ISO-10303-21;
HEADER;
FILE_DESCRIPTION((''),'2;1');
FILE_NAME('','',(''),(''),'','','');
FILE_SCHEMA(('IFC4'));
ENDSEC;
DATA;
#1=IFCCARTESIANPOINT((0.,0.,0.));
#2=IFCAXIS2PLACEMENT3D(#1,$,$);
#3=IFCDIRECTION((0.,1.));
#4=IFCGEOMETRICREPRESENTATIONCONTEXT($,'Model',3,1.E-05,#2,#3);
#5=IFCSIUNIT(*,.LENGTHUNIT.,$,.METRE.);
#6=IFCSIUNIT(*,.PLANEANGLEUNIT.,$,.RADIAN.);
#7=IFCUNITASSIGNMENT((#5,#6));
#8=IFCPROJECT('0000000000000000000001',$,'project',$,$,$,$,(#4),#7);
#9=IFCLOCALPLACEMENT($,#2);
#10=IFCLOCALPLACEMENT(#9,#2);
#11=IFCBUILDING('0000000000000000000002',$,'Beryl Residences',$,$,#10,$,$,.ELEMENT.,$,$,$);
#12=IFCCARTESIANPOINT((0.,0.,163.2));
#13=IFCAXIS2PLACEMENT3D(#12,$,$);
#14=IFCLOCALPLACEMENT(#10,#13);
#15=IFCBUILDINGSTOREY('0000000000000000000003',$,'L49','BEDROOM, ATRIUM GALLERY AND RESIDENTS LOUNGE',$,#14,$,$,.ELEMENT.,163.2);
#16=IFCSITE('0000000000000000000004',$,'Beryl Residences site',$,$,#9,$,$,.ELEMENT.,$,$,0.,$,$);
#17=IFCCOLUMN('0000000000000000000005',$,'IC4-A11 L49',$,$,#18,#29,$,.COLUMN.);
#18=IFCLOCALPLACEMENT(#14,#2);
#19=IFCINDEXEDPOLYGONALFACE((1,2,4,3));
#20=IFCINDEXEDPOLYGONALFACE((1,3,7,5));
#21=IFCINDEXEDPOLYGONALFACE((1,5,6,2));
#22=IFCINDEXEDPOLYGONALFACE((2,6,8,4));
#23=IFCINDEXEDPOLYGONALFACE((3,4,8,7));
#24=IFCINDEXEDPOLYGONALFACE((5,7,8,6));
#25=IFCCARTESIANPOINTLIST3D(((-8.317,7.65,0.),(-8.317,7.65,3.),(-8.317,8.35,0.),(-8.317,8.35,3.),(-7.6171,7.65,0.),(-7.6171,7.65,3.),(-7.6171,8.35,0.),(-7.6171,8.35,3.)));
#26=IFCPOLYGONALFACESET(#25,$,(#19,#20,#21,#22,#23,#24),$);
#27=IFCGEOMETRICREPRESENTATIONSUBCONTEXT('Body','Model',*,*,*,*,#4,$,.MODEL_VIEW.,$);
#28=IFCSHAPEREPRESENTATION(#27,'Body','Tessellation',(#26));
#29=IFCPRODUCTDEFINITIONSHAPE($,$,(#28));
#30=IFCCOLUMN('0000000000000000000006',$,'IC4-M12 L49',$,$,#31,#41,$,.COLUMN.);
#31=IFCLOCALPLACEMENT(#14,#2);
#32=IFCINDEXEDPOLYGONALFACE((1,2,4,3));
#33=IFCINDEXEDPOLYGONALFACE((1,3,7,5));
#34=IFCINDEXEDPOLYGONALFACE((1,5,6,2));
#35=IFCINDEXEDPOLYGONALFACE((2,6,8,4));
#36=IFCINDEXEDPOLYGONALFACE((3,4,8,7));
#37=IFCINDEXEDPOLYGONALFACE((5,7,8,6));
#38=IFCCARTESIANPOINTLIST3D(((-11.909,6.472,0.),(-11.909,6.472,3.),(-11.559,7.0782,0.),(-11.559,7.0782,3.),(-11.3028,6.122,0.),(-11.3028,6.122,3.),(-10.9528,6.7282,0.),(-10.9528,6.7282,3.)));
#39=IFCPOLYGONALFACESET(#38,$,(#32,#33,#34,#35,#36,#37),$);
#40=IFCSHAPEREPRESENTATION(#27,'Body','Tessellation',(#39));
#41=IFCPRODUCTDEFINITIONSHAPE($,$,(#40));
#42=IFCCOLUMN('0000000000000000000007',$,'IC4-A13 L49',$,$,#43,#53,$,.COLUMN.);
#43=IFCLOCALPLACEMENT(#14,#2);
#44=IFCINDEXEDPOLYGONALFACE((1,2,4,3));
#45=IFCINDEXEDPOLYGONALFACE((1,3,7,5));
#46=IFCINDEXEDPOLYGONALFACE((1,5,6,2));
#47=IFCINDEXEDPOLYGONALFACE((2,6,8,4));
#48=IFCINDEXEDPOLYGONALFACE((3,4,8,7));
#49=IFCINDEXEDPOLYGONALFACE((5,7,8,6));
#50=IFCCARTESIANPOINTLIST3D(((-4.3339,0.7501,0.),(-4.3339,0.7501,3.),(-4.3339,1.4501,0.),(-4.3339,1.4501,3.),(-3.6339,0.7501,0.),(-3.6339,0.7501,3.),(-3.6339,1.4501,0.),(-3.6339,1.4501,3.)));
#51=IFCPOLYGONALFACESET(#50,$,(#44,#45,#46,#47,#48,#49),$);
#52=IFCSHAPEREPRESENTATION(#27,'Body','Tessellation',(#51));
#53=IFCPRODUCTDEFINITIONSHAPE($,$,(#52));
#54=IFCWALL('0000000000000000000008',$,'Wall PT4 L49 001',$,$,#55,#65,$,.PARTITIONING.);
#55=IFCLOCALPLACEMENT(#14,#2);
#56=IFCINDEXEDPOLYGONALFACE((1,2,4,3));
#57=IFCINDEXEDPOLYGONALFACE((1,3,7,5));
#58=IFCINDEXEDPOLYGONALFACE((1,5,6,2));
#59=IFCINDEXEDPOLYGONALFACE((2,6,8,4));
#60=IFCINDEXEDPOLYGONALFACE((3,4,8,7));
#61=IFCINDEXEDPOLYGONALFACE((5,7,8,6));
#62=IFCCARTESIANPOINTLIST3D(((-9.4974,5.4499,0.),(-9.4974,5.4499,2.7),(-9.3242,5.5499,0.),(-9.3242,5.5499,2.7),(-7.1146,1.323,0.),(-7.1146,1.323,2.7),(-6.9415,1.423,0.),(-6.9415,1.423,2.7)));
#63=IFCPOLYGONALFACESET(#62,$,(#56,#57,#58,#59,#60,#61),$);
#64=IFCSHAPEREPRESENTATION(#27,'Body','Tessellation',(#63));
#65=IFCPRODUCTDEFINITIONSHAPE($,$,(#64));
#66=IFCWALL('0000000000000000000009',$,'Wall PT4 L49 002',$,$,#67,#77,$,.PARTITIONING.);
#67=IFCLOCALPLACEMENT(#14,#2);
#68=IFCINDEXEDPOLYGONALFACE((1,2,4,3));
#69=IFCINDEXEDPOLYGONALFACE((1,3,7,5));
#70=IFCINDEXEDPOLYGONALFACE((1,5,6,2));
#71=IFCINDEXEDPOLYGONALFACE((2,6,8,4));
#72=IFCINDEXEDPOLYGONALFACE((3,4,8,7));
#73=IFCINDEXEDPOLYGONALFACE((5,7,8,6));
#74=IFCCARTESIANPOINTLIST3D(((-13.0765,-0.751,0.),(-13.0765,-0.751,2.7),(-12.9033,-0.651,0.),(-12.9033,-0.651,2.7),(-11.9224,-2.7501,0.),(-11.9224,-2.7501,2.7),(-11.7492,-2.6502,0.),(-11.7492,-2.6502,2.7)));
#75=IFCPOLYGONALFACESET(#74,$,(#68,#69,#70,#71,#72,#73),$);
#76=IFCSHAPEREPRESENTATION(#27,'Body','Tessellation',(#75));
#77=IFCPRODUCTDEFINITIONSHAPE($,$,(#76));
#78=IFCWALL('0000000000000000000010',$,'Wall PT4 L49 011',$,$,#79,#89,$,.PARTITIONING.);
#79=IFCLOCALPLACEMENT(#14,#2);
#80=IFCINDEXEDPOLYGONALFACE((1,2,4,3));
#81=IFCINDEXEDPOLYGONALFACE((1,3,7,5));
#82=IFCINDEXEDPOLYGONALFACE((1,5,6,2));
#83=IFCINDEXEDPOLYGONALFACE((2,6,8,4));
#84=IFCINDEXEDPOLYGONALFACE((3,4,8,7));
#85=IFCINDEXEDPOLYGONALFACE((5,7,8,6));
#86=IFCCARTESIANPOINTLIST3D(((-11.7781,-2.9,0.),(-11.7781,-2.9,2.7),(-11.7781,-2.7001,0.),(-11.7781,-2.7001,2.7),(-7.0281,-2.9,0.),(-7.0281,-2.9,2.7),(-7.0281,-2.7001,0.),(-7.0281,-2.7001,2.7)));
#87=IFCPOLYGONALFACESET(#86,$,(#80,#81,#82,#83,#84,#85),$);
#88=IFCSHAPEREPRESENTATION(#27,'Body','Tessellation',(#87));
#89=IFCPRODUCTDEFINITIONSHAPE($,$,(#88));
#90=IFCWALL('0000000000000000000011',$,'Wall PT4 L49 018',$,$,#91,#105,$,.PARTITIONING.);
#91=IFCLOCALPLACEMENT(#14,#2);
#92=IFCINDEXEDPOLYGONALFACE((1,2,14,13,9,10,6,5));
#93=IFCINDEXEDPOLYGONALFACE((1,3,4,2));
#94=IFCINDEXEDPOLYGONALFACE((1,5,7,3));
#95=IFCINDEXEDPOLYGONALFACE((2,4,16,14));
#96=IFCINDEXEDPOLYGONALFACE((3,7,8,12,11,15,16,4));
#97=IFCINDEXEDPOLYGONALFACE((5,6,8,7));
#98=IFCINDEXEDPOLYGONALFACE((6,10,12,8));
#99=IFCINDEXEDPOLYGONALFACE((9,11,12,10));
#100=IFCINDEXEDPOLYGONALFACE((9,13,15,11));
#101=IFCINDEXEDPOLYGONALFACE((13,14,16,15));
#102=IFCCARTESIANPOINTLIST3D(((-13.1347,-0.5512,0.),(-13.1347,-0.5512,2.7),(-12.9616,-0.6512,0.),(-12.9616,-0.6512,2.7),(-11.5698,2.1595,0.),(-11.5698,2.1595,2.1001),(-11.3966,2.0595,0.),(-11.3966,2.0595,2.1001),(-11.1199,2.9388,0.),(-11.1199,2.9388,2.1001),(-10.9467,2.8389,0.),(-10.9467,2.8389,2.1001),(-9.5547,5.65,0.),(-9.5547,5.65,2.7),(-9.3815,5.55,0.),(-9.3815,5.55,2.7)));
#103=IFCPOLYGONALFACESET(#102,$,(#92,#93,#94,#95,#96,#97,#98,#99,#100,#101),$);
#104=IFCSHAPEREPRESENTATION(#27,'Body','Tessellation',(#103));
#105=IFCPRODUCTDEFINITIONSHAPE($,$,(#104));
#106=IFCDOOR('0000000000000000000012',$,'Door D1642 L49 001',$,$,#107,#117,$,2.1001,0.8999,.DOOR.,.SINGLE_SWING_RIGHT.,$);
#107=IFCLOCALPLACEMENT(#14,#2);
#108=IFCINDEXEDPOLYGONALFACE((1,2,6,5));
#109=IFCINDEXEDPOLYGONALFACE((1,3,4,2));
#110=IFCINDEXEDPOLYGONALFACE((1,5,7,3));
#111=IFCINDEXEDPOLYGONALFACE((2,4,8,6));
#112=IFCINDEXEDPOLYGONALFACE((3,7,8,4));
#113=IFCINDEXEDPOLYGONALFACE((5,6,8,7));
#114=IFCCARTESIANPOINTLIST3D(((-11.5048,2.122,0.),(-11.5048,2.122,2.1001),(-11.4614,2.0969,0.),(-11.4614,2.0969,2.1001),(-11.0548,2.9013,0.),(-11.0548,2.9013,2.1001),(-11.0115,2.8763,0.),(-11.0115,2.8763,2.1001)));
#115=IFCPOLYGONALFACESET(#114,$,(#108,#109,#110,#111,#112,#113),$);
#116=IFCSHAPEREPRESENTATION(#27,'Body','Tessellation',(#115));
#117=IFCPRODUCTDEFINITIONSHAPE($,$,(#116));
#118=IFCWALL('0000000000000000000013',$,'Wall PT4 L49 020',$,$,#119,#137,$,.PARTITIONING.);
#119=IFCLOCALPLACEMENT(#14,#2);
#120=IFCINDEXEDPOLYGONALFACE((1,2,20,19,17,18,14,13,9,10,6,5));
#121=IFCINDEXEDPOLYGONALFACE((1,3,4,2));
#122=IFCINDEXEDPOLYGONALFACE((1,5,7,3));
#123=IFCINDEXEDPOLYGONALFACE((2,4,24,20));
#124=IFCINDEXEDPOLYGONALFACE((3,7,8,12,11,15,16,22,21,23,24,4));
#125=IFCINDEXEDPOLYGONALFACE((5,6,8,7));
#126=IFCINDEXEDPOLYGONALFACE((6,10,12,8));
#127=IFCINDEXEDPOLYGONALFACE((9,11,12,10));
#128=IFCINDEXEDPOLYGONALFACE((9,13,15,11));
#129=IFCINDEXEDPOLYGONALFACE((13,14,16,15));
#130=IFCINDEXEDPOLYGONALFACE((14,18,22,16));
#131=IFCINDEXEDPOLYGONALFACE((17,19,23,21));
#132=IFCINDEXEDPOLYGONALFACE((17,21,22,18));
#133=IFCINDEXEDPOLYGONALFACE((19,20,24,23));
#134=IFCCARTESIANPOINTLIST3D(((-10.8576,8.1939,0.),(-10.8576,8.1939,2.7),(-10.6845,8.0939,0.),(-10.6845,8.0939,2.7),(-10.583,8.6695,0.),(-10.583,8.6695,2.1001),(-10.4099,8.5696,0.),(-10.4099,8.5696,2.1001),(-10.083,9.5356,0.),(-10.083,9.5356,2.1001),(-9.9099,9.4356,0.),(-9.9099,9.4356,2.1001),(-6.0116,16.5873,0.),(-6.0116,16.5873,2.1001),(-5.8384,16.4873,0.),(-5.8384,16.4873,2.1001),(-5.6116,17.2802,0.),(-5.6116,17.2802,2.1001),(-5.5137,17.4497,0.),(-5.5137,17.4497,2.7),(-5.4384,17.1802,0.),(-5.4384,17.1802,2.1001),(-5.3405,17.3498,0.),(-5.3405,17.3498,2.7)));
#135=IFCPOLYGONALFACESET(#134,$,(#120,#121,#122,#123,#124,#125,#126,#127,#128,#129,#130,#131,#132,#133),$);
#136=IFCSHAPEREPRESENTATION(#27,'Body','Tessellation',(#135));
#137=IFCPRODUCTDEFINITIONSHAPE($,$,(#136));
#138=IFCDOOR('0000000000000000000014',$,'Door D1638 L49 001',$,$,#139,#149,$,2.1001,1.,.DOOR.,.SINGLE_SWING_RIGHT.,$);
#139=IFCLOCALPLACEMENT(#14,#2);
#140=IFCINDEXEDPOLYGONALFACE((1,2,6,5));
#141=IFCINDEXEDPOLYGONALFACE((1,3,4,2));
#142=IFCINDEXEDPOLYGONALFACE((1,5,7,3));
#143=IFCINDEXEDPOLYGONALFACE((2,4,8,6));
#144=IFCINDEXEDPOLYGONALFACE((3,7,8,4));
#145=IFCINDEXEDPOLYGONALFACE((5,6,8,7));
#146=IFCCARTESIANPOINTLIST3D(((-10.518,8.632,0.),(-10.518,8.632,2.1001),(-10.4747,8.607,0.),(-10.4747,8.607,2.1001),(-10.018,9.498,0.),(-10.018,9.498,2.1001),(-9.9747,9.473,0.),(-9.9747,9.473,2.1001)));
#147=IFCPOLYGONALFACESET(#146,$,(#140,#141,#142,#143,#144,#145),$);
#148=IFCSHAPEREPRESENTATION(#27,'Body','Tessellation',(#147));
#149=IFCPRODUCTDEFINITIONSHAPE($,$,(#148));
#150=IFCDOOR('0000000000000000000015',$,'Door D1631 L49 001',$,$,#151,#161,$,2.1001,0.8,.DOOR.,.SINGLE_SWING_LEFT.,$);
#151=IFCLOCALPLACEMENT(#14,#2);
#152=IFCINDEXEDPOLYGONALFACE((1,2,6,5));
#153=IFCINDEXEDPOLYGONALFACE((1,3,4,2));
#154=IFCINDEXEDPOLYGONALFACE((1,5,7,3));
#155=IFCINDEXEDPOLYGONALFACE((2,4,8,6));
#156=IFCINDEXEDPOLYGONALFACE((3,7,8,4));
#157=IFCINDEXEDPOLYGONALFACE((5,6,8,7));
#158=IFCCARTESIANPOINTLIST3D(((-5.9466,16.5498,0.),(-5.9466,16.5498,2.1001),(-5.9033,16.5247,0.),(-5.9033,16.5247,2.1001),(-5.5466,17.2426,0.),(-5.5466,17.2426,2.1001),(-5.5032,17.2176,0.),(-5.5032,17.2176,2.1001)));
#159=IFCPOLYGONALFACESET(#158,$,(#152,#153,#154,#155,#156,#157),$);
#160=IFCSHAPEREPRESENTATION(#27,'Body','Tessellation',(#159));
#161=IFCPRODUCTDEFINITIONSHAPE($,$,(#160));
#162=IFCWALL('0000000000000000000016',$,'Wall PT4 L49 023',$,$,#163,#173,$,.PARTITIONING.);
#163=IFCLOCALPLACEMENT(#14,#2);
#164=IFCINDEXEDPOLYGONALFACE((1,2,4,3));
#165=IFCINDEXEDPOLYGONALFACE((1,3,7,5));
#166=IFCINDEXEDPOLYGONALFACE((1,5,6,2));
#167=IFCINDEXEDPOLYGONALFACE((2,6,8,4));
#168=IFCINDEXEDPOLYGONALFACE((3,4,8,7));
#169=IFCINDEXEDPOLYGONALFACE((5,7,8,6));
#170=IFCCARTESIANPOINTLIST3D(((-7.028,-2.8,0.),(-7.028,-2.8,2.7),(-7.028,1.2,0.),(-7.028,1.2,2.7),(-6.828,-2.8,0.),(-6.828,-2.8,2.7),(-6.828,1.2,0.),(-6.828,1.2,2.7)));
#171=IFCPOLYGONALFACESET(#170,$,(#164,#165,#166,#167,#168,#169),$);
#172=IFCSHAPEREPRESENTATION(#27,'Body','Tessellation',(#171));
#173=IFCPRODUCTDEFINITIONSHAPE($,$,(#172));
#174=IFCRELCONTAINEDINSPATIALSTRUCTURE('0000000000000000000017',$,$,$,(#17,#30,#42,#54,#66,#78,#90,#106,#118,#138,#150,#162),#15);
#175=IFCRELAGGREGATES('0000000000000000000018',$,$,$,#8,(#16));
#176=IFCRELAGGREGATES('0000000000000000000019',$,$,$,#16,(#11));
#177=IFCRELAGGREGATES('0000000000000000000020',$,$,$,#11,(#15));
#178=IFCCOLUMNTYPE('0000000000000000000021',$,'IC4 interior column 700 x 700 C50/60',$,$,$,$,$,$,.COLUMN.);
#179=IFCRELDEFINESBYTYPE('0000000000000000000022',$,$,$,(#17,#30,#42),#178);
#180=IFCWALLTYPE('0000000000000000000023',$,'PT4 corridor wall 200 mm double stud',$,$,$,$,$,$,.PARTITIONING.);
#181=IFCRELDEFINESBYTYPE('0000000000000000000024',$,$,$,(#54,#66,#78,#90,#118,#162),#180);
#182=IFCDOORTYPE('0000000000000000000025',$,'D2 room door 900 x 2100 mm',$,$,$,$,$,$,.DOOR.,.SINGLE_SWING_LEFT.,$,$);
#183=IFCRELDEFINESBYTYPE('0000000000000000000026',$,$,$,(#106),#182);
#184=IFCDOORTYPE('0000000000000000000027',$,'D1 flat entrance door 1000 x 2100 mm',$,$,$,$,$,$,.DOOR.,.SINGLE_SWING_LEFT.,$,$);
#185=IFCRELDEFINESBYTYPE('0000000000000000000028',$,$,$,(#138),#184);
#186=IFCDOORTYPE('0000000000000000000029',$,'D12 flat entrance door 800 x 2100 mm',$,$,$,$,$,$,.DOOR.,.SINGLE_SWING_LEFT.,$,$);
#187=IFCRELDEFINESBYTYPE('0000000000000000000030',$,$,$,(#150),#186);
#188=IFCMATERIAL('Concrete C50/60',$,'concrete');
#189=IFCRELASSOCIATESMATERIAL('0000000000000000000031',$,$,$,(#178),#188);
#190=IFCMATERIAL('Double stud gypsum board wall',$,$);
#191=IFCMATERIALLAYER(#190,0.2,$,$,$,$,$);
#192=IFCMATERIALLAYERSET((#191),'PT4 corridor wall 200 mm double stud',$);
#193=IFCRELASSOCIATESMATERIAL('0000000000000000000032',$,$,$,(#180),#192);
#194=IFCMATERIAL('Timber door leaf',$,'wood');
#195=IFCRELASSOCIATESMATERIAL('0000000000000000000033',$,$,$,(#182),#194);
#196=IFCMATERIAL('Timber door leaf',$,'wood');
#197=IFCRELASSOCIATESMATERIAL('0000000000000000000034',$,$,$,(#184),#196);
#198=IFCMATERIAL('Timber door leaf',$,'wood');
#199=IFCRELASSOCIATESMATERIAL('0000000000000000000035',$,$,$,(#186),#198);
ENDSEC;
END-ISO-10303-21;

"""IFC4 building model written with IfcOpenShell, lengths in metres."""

from ifc_helpers import new_model, si_unit, direction, frame, frame_2d, origin, origin_2d, place, context, subcontext, project, spatial, rectangle, extrude, material, layer, layer_set, material_profile, profile_set, type_object, element, fill, save


model = new_model("IFC4")

# Units and contexts
model_context = context("Model", 3, precision=1e-05, world=origin(), true_north=direction((0.0, 1.0)))
body_context = subcontext(model_context, "Body", "Model", "MODEL_VIEW")
ifc_project = project(units=[si_unit("LENGTHUNIT", "METRE"), si_unit("PLANEANGLEUNIT", "RADIAN")], contexts=[model_context])

# Site, building, storey
site_placement = place(None, origin())
site = spatial("IfcSite", under=ifc_project, at=site_placement, Name="Beryl Residences site", CompositionType="ELEMENT", RefElevation=0.0)
building_placement = place(site_placement, origin())
building = spatial("IfcBuilding", under=site, at=building_placement, Name="Beryl Residences", CompositionType="ELEMENT")
storey_placement = place(building_placement, frame((0.0, 0.0, 163.2)))
storey = spatial("IfcBuildingStorey", under=building, at=storey_placement, Name="L49", Description="BEDROOM, ATRIUM GALLERY AND RESIDENTS LOUNGE", CompositionType="ELEMENT", Elevation=163.2)

# Columns
ifc_material_1 = material(Name="Concrete C50/60", Category="concrete")
ifc_material_profile = material_profile(ifc_material_1, rectangle(XDim=0.7, YDim=0.7, at=origin_2d()))
ifc_profile_set = profile_set([ifc_material_profile], Name="Concrete C50/60")
column_type = type_object("IfcColumnType", Name="IC4 interior column 700 x 700 C50/60", PredefinedType="COLUMN", material=ifc_profile_set)
for number, where, z_axis, x_axis, name in (
    (1, (-7.967, 8.0, 0.0), (0.0, 0.0, 1.0), (1.0, 0.0, 0.0), "IC4-A11 L49"),
    (2, (-11.4309, 6.6001, 0.0), (0.0, 0.0, 1.0), (-0.5, -0.866025, 0.0), "IC4-M12 L49"),
    (3, (-3.9839, 1.1001, 0.0), (0.0, 0.0, 1.0), (1.0, 0.0, 0.0), "IC4-A13 L49"),
):
    element("IfcColumn", number, at=place(storey_placement, frame(where, z_axis=z_axis, x_axis=x_axis)), inside=storey, type_object=column_type, Name=name, PredefinedType="COLUMN", context=body_context, shape_type="SweptSolid", body=[
        extrude(rectangle(XDim=0.7, YDim=0.7, at=origin_2d()), origin(), (0.0, 0.0, 1.0), 3.0),
    ])

# Walls
ifc_material_2 = material(Name="Double stud gypsum board wall")
ifc_layer_1 = layer(ifc_material_2, 0.2)
ifc_layer_set_1 = layer_set([ifc_layer_1], Name="PT4 corridor wall 200 mm double stud")
wall_type_1 = type_object("IfcWallType", Name="PT4 corridor wall 200 mm double stud", PredefinedType="PARTITIONING", material=ifc_layer_set_1)
wall_1_placement = place(storey_placement, frame((-9.4109, 5.5, 0.0), z_axis=(0.0, 0.0, 1.0), x_axis=(0.500018, -0.866015, 0.0)))
element("IfcWall", 4, at=wall_1_placement, inside=storey, type_object=wall_type_1, Name="Wall PT4 L49 001", PredefinedType="PARTITIONING", context=body_context, shape_type="SweptSolid", body=[
    extrude(rectangle(XDim=4.7654, YDim=0.2, at=frame_2d((2.3828, 0.0))), origin(), (0.0, 0.0, 1.0), 2.7),
])
wall_2_placement = place(storey_placement, frame((-12.99, -0.7009, 0.0), z_axis=(0.0, 0.0, 1.0), x_axis=(0.499973, -0.866041, 0.0)))
element("IfcWall", 5, at=wall_2_placement, inside=storey, type_object=wall_type_1, Name="Wall PT4 L49 002", PredefinedType="PARTITIONING", context=body_context, shape_type="SweptSolid", body=[
    extrude(rectangle(XDim=2.3083, YDim=0.2, at=frame_2d((1.1543, 0.0))), origin(), (0.0, 0.0, 1.0), 2.7),
])
wall_3_placement = place(storey_placement, frame((-11.7781, -2.8, 0.0), z_axis=(0.0, 0.0, 1.0), x_axis=(1.0, 0.0, 0.0)))
element("IfcWall", 6, at=wall_3_placement, inside=storey, type_object=wall_type_1, Name="Wall PT4 L49 011", PredefinedType="PARTITIONING", context=body_context, shape_type="SweptSolid", body=[
    extrude(rectangle(XDim=4.75, YDim=0.2, at=frame_2d((2.375, 0.0))), origin(), (0.0, 0.0, 1.0), 2.7),
])

# Wall, opening, door
wall_4_placement = place(storey_placement, frame((-13.0481, -0.6011, 0.0), z_axis=(0.0, 0.0, 1.0), x_axis=(0.499982, 0.866036, 0.0)))
wall_4 = element("IfcWall", 7, at=wall_4_placement, inside=storey, type_object=wall_type_1, Name="Wall PT4 L49 018", PredefinedType="PARTITIONING", context=body_context, shape_type="SweptSolid", body=[
    extrude(rectangle(XDim=7.1604, YDim=0.2, at=frame_2d((3.5801, 0.0))), origin(), (0.0, 0.0, 1.0), 2.7),
])
opening_1_placement = place(wall_4_placement, frame((3.1299, 0.0, 0.0)))
opening_1 = element("IfcOpeningElement", 8, at=opening_1_placement, cuts=wall_4, PredefinedType="OPENING", context=body_context, shape_type="SweptSolid", body=[
    extrude(rectangle(XDim=0.8999, YDim=2.1001, at=frame_2d((0.45, 1.05))), frame((0.0, 0.1099, 0.0), z_axis=(0.0, -1.0, 0.0), x_axis=(1.0, 0.0, 0.0)), (0.0, 0.0, 1.0), 0.22),
])
ifc_material_3 = material(Name="Timber door leaf", Category="wood")
door_type_1 = type_object("IfcDoorType", Name="D2 room door 900 x 2100 mm", OperationType="SINGLE_SWING_LEFT", PredefinedType="DOOR", material=ifc_material_3)
door_1_placement = place(opening_1_placement, origin())
door_1 = element("IfcDoor", 9, at=door_1_placement, inside=storey, type_object=door_type_1, Name="Door D1642 L49 001", OperationType="SINGLE_SWING_RIGHT", OverallHeight=2.1001, OverallWidth=0.8999, PredefinedType="DOOR", context=body_context, shape_type="SweptSolid", body=[
    extrude(rectangle(XDim=0.8999, YDim=2.1001, at=frame_2d((0.45, 1.05))), frame((0.0, 0.0249, 0.0), z_axis=(0.0, -1.0, 0.0), x_axis=(1.0, 0.0, 0.0)), (0.0, 0.0, 1.0), 0.05),
])
fill(opening_1, door_1)

# Wall, openings, doors
wall_5_placement = place(storey_placement, frame((-10.771, 8.144, 0.0), z_axis=(0.0, 0.0, 1.0), x_axis=(0.500009, 0.86602, 0.0)))
wall_5 = element("IfcWall", 10, at=wall_5_placement, inside=storey, type_object=wall_type_1, Name="Wall PT4 L49 020", PredefinedType="PARTITIONING", context=body_context, shape_type="SweptSolid", body=[
    extrude(rectangle(XDim=10.6877, YDim=0.2, at=frame_2d((5.3438, 0.0))), origin(), (0.0, 0.0, 1.0), 2.7),
])
opening_2_placement = place(wall_5_placement, frame((9.6919, 0.0, 0.0)))
opening_2 = element("IfcOpeningElement", 11, at=opening_2_placement, cuts=wall_5, PredefinedType="OPENING", context=body_context, shape_type="SweptSolid", body=[
    extrude(rectangle(XDim=0.8, YDim=2.1001, at=frame_2d((0.3999, 1.05))), frame((0.0, 0.1099, 0.0), z_axis=(0.0, -1.0, 0.0), x_axis=(1.0, 0.0, 0.0)), (0.0, 0.0, 1.0), 0.22),
])
opening_3_placement = place(wall_5_placement, frame((0.5491, 0.0, 0.0)))
opening_3 = element("IfcOpeningElement", 12, at=opening_3_placement, cuts=wall_5, PredefinedType="OPENING", context=body_context, shape_type="SweptSolid", body=[
    extrude(rectangle(XDim=1.0, YDim=2.1001, at=frame_2d((0.5, 1.05))), frame((0.0, 0.1099, 0.0), z_axis=(0.0, -1.0, 0.0), x_axis=(1.0, 0.0, 0.0)), (0.0, 0.0, 1.0), 0.22),
])
ifc_material_4 = material(Name="Timber door leaf", Category="wood")
door_type_2 = type_object("IfcDoorType", Name="D1 flat entrance door 1000 x 2100 mm", OperationType="SINGLE_SWING_LEFT", PredefinedType="DOOR", material=ifc_material_4)
door_2_placement = place(opening_3_placement, origin())
door_2 = element("IfcDoor", 13, at=door_2_placement, inside=storey, type_object=door_type_2, Name="Door D1638 L49 001", OperationType="SINGLE_SWING_RIGHT", OverallHeight=2.1001, OverallWidth=1.0, PredefinedType="DOOR", context=body_context, shape_type="SweptSolid", body=[
    extrude(rectangle(XDim=1.0, YDim=2.1001, at=frame_2d((0.5, 1.05))), frame((0.0, 0.0249, 0.0), z_axis=(0.0, -1.0, 0.0), x_axis=(1.0, 0.0, 0.0)), (0.0, 0.0, 1.0), 0.05),
])
fill(opening_3, door_2)
ifc_material_5 = material(Name="Timber door leaf", Category="wood")
door_type_3 = type_object("IfcDoorType", Name="D12 flat entrance door 800 x 2100 mm", OperationType="SINGLE_SWING_LEFT", PredefinedType="DOOR", material=ifc_material_5)
door_3_placement = place(opening_2_placement, origin())
door_3 = element("IfcDoor", 14, at=door_3_placement, inside=storey, type_object=door_type_3, Name="Door D1631 L49 001", OperationType="SINGLE_SWING_LEFT", OverallHeight=2.1001, OverallWidth=0.8, PredefinedType="DOOR", context=body_context, shape_type="SweptSolid", body=[
    extrude(rectangle(XDim=0.8, YDim=2.1001, at=frame_2d((0.3999, 1.05))), frame((0.0, 0.0249, 0.0), z_axis=(0.0, -1.0, 0.0), x_axis=(1.0, 0.0, 0.0)), (0.0, 0.0, 1.0), 0.05),
])
fill(opening_2, door_3)

# Wall
wall_6_placement = place(storey_placement, frame((-6.928, -2.8, 0.0), z_axis=(0.0, 0.0, 1.0), x_axis=(0.0, 1.0, 0.0)))
element("IfcWall", 15, at=wall_6_placement, inside=storey, type_object=wall_type_1, Name="Wall PT4 L49 023", PredefinedType="PARTITIONING", context=body_context, shape_type="SweptSolid", body=[
    extrude(rectangle(XDim=4.0, YDim=0.2, at=frame_2d((2.0, 0.0))), origin(), (0.0, 0.0, 1.0), 2.7),
])

save(model, "model.ifc")
